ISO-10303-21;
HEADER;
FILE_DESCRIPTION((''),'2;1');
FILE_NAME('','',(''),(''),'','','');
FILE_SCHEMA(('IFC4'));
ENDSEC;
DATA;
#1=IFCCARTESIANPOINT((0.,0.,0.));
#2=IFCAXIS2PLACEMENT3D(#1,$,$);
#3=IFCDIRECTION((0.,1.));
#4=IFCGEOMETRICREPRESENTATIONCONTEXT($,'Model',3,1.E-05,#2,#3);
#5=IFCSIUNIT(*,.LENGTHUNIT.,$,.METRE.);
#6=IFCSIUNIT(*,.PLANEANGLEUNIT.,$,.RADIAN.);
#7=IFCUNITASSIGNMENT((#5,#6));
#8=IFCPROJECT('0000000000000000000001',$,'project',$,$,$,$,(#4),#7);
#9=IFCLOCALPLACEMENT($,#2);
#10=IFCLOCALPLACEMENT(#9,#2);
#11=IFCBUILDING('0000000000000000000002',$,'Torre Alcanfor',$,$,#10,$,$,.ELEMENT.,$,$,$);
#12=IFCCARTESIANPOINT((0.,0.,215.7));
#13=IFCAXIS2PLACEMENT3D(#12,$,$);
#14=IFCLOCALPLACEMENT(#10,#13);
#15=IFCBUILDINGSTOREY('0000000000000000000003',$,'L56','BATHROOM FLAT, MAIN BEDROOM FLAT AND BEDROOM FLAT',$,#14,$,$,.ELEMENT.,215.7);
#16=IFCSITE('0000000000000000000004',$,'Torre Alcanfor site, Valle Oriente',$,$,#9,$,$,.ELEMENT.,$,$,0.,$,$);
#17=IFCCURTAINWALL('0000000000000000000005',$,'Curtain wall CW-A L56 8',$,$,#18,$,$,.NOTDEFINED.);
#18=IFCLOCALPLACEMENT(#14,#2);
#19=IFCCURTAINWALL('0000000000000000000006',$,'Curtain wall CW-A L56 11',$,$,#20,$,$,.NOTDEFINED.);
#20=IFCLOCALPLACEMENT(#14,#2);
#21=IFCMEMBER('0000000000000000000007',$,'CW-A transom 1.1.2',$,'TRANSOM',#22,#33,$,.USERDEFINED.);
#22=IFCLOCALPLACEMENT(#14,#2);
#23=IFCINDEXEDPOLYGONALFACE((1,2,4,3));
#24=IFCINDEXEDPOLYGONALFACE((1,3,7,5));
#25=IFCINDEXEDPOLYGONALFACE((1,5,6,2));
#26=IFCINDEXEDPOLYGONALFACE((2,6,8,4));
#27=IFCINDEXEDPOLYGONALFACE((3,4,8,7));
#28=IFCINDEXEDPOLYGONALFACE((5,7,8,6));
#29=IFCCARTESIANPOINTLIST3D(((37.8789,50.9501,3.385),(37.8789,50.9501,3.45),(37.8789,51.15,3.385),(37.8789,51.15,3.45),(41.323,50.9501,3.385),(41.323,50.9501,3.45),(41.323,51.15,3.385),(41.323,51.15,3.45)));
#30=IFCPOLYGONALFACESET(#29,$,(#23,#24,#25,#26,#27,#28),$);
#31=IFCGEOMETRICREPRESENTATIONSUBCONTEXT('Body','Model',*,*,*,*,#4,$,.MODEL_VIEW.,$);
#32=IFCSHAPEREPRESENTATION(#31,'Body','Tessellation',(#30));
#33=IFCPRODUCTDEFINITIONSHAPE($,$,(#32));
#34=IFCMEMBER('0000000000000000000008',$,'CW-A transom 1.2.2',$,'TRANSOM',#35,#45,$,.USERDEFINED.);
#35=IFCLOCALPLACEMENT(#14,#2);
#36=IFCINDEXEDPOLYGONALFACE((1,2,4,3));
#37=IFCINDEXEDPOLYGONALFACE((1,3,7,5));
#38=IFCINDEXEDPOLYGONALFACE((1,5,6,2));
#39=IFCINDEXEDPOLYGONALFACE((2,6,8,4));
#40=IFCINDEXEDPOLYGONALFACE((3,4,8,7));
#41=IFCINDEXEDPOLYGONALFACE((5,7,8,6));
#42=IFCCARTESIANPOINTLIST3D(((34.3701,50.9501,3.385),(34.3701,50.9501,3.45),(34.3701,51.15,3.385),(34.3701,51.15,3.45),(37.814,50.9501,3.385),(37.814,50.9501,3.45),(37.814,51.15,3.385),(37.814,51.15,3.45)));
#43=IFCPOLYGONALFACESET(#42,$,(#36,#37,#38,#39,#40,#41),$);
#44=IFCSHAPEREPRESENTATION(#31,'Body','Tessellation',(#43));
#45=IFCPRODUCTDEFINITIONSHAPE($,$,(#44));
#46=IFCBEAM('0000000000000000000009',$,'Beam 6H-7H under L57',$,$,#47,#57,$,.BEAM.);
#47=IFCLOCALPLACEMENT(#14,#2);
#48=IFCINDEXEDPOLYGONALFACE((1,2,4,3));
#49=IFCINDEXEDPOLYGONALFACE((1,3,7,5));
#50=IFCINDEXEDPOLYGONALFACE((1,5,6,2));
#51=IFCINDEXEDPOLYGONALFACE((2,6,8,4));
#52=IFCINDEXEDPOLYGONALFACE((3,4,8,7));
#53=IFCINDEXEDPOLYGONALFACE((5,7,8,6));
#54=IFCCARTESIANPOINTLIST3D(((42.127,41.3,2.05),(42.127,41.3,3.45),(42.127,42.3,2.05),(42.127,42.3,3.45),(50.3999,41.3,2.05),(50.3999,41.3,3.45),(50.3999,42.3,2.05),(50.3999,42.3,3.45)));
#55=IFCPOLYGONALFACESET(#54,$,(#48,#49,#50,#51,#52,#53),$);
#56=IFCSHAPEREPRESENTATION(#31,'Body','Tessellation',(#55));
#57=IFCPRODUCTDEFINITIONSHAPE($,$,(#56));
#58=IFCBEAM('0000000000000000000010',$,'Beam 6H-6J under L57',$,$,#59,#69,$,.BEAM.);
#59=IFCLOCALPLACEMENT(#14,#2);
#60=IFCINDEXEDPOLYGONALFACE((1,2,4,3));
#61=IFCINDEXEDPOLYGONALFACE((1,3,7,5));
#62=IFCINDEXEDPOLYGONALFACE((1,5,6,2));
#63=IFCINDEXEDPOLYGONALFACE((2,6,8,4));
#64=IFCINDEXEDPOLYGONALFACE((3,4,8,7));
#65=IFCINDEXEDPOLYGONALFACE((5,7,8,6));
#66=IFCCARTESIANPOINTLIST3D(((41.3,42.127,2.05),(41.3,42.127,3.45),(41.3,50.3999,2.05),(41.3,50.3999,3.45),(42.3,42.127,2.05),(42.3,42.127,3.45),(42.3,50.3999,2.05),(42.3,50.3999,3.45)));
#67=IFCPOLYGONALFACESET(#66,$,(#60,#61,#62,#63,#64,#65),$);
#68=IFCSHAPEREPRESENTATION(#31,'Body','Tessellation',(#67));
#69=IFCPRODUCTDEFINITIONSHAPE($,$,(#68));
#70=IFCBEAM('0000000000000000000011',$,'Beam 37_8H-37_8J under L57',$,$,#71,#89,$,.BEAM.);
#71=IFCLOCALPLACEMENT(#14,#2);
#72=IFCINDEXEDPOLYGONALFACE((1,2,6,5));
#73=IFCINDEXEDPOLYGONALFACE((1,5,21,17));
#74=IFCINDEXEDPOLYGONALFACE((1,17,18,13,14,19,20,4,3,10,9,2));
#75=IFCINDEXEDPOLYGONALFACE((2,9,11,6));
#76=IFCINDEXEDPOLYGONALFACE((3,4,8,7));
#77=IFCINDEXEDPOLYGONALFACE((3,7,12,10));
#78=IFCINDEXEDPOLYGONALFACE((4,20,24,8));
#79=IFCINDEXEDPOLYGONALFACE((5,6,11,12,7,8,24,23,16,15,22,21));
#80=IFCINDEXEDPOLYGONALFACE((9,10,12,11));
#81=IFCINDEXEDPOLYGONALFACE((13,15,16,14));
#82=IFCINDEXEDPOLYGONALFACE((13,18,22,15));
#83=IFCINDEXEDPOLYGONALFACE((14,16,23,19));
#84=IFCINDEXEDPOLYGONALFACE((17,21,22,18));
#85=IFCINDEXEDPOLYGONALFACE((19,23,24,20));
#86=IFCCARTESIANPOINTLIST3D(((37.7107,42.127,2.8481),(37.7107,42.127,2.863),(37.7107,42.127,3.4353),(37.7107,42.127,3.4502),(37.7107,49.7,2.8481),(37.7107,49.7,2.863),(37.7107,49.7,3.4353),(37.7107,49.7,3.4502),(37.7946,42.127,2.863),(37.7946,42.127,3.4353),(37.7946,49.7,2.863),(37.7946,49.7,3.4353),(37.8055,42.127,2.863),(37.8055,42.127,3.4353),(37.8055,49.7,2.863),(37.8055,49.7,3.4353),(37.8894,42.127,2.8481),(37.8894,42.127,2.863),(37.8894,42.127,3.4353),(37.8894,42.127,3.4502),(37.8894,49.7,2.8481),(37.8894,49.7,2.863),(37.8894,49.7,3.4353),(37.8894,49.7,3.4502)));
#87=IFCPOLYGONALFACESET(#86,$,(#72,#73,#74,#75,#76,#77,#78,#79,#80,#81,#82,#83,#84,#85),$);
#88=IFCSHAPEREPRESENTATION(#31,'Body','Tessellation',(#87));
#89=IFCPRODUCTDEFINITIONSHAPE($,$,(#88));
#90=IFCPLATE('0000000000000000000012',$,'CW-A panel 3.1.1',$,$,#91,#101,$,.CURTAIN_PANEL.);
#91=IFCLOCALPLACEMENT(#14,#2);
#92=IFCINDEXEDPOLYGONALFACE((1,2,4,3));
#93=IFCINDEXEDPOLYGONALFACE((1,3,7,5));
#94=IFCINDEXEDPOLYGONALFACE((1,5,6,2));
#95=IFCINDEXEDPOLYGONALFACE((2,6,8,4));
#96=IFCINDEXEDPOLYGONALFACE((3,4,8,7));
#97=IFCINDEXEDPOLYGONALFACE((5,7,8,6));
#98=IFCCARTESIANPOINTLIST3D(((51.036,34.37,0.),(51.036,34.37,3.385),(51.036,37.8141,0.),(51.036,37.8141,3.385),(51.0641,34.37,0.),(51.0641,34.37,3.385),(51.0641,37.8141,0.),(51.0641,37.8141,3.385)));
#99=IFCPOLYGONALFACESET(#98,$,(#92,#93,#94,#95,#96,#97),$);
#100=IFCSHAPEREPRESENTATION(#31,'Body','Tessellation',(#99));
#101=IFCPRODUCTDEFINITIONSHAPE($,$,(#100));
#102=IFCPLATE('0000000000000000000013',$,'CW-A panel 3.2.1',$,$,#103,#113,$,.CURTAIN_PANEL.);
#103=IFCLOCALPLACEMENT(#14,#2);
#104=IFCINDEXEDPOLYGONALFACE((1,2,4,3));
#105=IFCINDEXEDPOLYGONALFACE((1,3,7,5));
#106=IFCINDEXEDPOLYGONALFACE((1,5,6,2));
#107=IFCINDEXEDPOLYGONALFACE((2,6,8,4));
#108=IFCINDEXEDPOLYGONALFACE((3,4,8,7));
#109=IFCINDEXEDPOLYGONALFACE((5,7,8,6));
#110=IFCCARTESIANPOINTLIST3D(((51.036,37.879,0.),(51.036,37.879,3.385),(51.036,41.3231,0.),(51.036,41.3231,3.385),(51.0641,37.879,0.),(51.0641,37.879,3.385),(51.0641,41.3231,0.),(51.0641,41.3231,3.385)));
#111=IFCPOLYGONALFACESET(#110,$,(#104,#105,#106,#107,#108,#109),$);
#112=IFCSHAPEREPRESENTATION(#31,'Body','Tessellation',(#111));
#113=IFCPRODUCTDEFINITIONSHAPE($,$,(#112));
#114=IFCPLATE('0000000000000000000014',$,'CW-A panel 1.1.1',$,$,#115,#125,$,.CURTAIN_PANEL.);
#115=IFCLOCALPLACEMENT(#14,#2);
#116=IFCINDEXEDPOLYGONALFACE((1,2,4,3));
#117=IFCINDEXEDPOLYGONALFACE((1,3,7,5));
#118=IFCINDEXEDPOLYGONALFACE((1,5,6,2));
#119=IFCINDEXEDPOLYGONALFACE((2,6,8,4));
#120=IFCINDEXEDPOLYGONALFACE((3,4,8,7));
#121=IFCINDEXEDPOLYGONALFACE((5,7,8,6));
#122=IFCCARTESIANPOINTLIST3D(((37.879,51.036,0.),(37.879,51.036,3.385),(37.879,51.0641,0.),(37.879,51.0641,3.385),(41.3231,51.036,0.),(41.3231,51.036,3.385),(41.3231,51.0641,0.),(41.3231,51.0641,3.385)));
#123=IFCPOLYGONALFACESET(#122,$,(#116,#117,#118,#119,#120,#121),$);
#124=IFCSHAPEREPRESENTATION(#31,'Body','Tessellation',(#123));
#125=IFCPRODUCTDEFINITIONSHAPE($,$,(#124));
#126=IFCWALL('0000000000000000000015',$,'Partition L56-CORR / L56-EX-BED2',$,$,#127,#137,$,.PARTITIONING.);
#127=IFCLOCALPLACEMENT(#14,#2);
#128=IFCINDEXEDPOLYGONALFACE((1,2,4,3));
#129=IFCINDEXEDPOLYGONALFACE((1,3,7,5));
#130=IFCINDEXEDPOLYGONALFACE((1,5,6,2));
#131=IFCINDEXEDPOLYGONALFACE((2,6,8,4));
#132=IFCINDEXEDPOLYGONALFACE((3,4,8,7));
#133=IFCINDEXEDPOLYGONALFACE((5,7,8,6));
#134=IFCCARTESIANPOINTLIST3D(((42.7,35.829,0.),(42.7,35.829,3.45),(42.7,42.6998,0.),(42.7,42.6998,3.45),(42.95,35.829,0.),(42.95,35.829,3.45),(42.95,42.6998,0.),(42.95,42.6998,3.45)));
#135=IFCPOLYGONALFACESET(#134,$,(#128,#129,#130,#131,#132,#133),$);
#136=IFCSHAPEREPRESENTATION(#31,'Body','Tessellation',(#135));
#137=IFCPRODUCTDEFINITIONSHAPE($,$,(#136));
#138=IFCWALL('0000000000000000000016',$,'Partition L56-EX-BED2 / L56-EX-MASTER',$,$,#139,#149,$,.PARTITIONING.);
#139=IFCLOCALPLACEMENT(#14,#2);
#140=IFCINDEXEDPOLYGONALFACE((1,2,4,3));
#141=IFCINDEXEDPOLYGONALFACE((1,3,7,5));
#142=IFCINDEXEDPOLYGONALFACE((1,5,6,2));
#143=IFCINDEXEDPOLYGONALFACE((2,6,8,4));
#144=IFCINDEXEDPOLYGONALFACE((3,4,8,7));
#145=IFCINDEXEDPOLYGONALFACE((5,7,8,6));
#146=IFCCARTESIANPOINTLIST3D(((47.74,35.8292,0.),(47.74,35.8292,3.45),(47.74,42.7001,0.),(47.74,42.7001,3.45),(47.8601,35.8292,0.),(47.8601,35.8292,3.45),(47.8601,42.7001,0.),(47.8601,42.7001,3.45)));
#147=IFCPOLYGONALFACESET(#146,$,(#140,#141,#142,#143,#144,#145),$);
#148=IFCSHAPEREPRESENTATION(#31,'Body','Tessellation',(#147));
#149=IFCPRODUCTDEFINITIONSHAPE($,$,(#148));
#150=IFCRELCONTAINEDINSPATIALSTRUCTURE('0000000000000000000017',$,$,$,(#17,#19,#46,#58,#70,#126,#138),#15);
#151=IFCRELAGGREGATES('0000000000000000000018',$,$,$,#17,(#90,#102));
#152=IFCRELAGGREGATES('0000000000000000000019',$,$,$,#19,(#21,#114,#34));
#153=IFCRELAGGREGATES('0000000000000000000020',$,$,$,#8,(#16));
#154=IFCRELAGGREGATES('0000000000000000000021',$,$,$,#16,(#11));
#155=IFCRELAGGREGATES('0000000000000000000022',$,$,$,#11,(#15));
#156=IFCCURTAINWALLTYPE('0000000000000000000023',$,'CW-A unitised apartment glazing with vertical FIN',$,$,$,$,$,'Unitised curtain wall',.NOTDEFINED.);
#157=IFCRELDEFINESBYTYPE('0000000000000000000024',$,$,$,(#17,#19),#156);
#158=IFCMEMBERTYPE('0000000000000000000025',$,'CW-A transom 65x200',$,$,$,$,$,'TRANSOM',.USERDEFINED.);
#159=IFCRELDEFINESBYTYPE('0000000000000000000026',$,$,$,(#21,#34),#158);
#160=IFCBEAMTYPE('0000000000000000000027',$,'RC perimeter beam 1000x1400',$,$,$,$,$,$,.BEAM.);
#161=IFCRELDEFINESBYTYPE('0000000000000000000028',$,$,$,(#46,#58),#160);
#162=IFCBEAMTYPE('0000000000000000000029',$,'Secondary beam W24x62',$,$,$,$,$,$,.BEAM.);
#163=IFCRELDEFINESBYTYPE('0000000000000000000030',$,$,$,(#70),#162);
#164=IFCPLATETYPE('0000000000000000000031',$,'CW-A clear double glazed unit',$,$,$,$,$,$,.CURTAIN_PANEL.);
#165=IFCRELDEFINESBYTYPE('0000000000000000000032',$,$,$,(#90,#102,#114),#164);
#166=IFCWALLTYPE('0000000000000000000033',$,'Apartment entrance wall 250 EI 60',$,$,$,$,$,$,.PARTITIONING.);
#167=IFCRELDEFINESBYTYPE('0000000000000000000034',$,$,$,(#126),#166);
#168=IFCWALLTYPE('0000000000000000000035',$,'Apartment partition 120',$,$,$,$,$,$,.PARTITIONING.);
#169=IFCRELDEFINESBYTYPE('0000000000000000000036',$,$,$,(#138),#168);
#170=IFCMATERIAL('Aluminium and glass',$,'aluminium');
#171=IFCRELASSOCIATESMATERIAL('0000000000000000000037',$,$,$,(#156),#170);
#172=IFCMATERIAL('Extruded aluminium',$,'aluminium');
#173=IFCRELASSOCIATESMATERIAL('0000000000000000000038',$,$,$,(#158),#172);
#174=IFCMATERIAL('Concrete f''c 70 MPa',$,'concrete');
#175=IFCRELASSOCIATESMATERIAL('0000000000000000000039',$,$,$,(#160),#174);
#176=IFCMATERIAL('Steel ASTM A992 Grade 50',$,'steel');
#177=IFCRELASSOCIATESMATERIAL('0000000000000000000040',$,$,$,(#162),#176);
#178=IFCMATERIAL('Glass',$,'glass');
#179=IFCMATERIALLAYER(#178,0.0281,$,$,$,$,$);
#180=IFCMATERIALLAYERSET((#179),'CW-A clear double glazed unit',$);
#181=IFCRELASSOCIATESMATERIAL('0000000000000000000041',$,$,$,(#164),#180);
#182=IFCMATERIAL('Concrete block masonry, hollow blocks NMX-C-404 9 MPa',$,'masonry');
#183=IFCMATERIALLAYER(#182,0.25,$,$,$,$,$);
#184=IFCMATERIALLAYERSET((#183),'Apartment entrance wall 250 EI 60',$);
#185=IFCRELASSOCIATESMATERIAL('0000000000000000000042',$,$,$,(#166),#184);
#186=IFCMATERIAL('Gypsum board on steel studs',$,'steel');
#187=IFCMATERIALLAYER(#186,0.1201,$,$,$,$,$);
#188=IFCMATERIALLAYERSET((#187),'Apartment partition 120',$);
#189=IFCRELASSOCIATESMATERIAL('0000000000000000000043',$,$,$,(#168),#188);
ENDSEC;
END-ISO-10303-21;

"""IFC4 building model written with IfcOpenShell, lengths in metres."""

from ifc_helpers import new_model, si_unit, direction, frame, frame_2d, origin, origin_2d, place, context, subcontext, project, spatial, rectangle, i_section, extrude, material, layer, layer_set, material_profile, profile_set, type_object, element, aggregate, save


model = new_model("IFC4")

# Units and contexts
model_context = context("Model", 3, precision=1e-05, world=origin(), true_north=direction((0.0, 1.0)))
body_context = subcontext(model_context, "Body", "Model", "MODEL_VIEW")
ifc_project = project(units=[si_unit("LENGTHUNIT", "METRE"), si_unit("PLANEANGLEUNIT", "RADIAN")], contexts=[model_context])

# Site, building, storey
site_placement = place(None, origin())
site = spatial("IfcSite", under=ifc_project, at=site_placement, Name="Torre Alcanfor site, Valle Oriente", CompositionType="ELEMENT", RefElevation=0.0)
building_placement = place(site_placement, origin())
building = spatial("IfcBuilding", under=site, at=building_placement, Name="Torre Alcanfor", CompositionType="ELEMENT")
storey_placement = place(building_placement, frame((0.0, 0.0, 215.7)))
storey = spatial("IfcBuildingStorey", under=building, at=storey_placement, Name="L56", Description="BATHROOM FLAT, MAIN BEDROOM FLAT AND BEDROOM FLAT", CompositionType="ELEMENT", Elevation=215.7)

# Curtain walls
ifc_material_1 = material(Name="Aluminium and glass", Category="aluminium")
curtain_wall_type = type_object("IfcCurtainWallType", Name="CW-A unitised apartment glazing with vertical FIN", ElementType="Unitised curtain wall", PredefinedType="NOTDEFINED", material=ifc_material_1)
curtain_wall_1_placement = place(storey_placement, origin())
curtain_wall_1 = element("IfcCurtainWall", 1, at=curtain_wall_1_placement, inside=storey, type_object=curtain_wall_type, Name="Curtain wall CW-A L56 8", PredefinedType="NOTDEFINED")
curtain_wall_2_placement = place(storey_placement, origin())
curtain_wall_2 = element("IfcCurtainWall", 2, at=curtain_wall_2_placement, inside=storey, type_object=curtain_wall_type, Name="Curtain wall CW-A L56 11", PredefinedType="NOTDEFINED")

# Members
ifc_material_2 = material(Name="Extruded aluminium", Category="aluminium")
ifc_material_profile_1 = material_profile(ifc_material_2, rectangle(XDim=0.2, YDim=0.0649, at=origin_2d()), Name="CW-A transom 200x65")
ifc_profile_set_1 = profile_set([ifc_material_profile_1], Name="Extruded aluminium")
member_type_1 = type_object("IfcMemberType", Name="CW-A transom 65x200", ElementType="TRANSOM", PredefinedType="USERDEFINED", material=ifc_profile_set_1)
member_1_placement = place(storey_placement, frame((41.323, 51.05, 3.4175), z_axis=(-1.0, 0.0, 0.0), x_axis=(0.0, -1.0, 0.0)))
member_1 = element("IfcMember", 3, at=member_1_placement, type_object=member_type_1, Name="CW-A transom 1.1.2", ObjectType="TRANSOM", PredefinedType="USERDEFINED", context=body_context, shape_type="SweptSolid", body=[
    extrude(rectangle(XDim=0.2, YDim=0.0649, at=origin_2d()), origin(), (0.0, 0.0, 1.0), 3.4441),
])
member_2_placement = place(storey_placement, frame((37.814, 51.05, 3.4175), z_axis=(-1.0, 0.0, 0.0), x_axis=(0.0, -1.0, 0.0)))
member_2 = element("IfcMember", 4, at=member_2_placement, type_object=member_type_1, Name="CW-A transom 1.2.2", ObjectType="TRANSOM", PredefinedType="USERDEFINED", context=body_context, shape_type="SweptSolid", body=[
    extrude(rectangle(XDim=0.2, YDim=0.0649, at=origin_2d()), origin(), (0.0, 0.0, 1.0), 3.4438),
])

# Beams
ifc_material_3 = material(Name="Concrete f'c 70 MPa", Category="concrete")
ifc_material_profile_2 = material_profile(ifc_material_3, rectangle(XDim=1.0, YDim=1.3999, at=origin_2d()), Name="1000x1400")
ifc_profile_set_2 = profile_set([ifc_material_profile_2], Name="Concrete f'c 70 MPa")
beam_type_1 = type_object("IfcBeamType", Name="RC perimeter beam 1000x1400", PredefinedType="BEAM", material=ifc_profile_set_2)
for number, where, z_axis, x_axis, name in (
    (5, (42.127, 41.8, 2.75), (1.0, 0.0, 0.0), (0.0, 1.0, 0.0), "Beam 6H-7H under L57"),
    (6, (41.8, 42.127, 2.75), (0.0, 1.0, 0.0), (-1.0, 0.0, 0.0), "Beam 6H-6J under L57"),
):
    element("IfcBeam", number, at=place(storey_placement, frame(where, z_axis=z_axis, x_axis=x_axis)), inside=storey, type_object=beam_type_1, Name=name, PredefinedType="BEAM", context=body_context, shape_type="SweptSolid", body=[
        extrude(rectangle(XDim=1.0, YDim=1.3999, at=origin_2d()), origin(), (0.0, 0.0, 1.0), 8.2729),
    ])
ifc_material_4 = material(Name="Steel ASTM A992 Grade 50", Category="steel")
ifc_material_profile_3 = material_profile(ifc_material_4, i_section(OverallWidth=0.1787, OverallDepth=0.6021, WebThickness=0.011, FlangeThickness=0.0149, at=origin_2d()), Name="W24x62")
ifc_profile_set_3 = profile_set([ifc_material_profile_3], Name="Steel ASTM A992 Grade 50")
beam_type_2 = type_object("IfcBeamType", Name="Secondary beam W24x62", PredefinedType="BEAM", material=ifc_profile_set_3)
beam_placement = place(storey_placement, frame((37.8, 42.127, 3.1492), z_axis=(0.0, 1.0, 0.0), x_axis=(-1.0, 0.0, 0.0)))
element("IfcBeam", 7, at=beam_placement, inside=storey, type_object=beam_type_2, Name="Beam 37_8H-37_8J under L57", PredefinedType="BEAM", context=body_context, shape_type="SweptSolid", body=[
    extrude(i_section(OverallWidth=0.1787, OverallDepth=0.6021, WebThickness=0.011, FlangeThickness=0.0149, at=origin_2d()), origin(), (0.0, 0.0, 1.0), 7.573),
])

# Plates
ifc_material_5 = material(Name="Glass", Category="glass")
ifc_layer_1 = layer(ifc_material_5, 0.0281)
ifc_layer_set_1 = layer_set([ifc_layer_1], Name="CW-A clear double glazed unit")
plate_type = type_object("IfcPlateType", Name="CW-A clear double glazed unit", PredefinedType="CURTAIN_PANEL", material=ifc_layer_set_1)
plate_1_placement = place(storey_placement, frame((51.05, 36.092, 0.0), z_axis=(0.0, 0.0, 1.0), x_axis=(0.0, 1.0, 0.0)))
plate_1 = element("IfcPlate", 8, at=plate_1_placement, type_object=plate_type, Name="CW-A panel 3.1.1", PredefinedType="CURTAIN_PANEL", context=body_context, shape_type="SweptSolid", body=[
    extrude(rectangle(XDim=3.4441, YDim=0.0281, at=origin_2d()), origin(), (0.0, 0.0, 1.0), 3.385),
])
plate_2_placement = place(storey_placement, frame((51.05, 39.6011, 0.0), z_axis=(0.0, 0.0, 1.0), x_axis=(0.0, 1.0, 0.0)))
plate_2 = element("IfcPlate", 9, at=plate_2_placement, type_object=plate_type, Name="CW-A panel 3.2.1", PredefinedType="CURTAIN_PANEL", context=body_context, shape_type="SweptSolid", body=[
    extrude(rectangle(XDim=3.4441, YDim=0.0281, at=origin_2d()), origin(), (0.0, 0.0, 1.0), 3.385),
])
aggregate(curtain_wall_1, [plate_1, plate_2])
plate_3_placement = place(storey_placement, frame((39.6011, 51.05, 0.0), z_axis=(0.0, 0.0, 1.0), x_axis=(-1.0, 0.0, 0.0)))
plate_3 = element("IfcPlate", 10, at=plate_3_placement, type_object=plate_type, Name="CW-A panel 1.1.1", PredefinedType="CURTAIN_PANEL", context=body_context, shape_type="SweptSolid", body=[
    extrude(rectangle(XDim=3.4441, YDim=0.0281, at=origin_2d()), origin(), (0.0, 0.0, 1.0), 3.385),
])
aggregate(curtain_wall_2, [member_1, plate_3, member_2])

# Walls
ifc_material_6 = material(Name="Concrete block masonry, hollow blocks NMX-C-404 9 MPa", Category="masonry")
ifc_layer_2 = layer(ifc_material_6, 0.25)
ifc_layer_set_2 = layer_set([ifc_layer_2], Name="Apartment entrance wall 250 EI 60")
wall_type_1 = type_object("IfcWallType", Name="Apartment entrance wall 250 EI 60", PredefinedType="PARTITIONING", material=ifc_layer_set_2)
wall_1_placement = place(storey_placement, frame((42.825, 42.7, 0.0), z_axis=(0.0, 0.0, 1.0), x_axis=(0.0, -1.0, 0.0)))
element("IfcWall", 11, at=wall_1_placement, inside=storey, type_object=wall_type_1, Name="Partition L56-CORR / L56-EX-BED2", PredefinedType="PARTITIONING", context=body_context, shape_type="SweptSolid", body=[
    extrude(rectangle(XDim=6.8708, YDim=0.25, at=frame_2d((3.4355, 0.0))), origin(), (0.0, 0.0, 1.0), 3.45),
])
ifc_material_7 = material(Name="Gypsum board on steel studs", Category="steel")
ifc_layer_3 = layer(ifc_material_7, 0.1201)
ifc_layer_set_3 = layer_set([ifc_layer_3], Name="Apartment partition 120")
wall_type_2 = type_object("IfcWallType", Name="Apartment partition 120", PredefinedType="PARTITIONING", material=ifc_layer_set_3)
wall_2_placement = place(storey_placement, frame((47.8, 35.8291, 0.0), z_axis=(0.0, 0.0, 1.0), x_axis=(0.0, 1.0, 0.0)))
element("IfcWall", 12, at=wall_2_placement, inside=storey, type_object=wall_type_2, Name="Partition L56-EX-BED2 / L56-EX-MASTER", PredefinedType="PARTITIONING", context=body_context, shape_type="SweptSolid", body=[
    extrude(rectangle(XDim=6.8708, YDim=0.1201, at=frame_2d((3.4355, 0.0))), origin(), (0.0, 0.0, 1.0), 3.45),
])

save(model, "model.ifc")
